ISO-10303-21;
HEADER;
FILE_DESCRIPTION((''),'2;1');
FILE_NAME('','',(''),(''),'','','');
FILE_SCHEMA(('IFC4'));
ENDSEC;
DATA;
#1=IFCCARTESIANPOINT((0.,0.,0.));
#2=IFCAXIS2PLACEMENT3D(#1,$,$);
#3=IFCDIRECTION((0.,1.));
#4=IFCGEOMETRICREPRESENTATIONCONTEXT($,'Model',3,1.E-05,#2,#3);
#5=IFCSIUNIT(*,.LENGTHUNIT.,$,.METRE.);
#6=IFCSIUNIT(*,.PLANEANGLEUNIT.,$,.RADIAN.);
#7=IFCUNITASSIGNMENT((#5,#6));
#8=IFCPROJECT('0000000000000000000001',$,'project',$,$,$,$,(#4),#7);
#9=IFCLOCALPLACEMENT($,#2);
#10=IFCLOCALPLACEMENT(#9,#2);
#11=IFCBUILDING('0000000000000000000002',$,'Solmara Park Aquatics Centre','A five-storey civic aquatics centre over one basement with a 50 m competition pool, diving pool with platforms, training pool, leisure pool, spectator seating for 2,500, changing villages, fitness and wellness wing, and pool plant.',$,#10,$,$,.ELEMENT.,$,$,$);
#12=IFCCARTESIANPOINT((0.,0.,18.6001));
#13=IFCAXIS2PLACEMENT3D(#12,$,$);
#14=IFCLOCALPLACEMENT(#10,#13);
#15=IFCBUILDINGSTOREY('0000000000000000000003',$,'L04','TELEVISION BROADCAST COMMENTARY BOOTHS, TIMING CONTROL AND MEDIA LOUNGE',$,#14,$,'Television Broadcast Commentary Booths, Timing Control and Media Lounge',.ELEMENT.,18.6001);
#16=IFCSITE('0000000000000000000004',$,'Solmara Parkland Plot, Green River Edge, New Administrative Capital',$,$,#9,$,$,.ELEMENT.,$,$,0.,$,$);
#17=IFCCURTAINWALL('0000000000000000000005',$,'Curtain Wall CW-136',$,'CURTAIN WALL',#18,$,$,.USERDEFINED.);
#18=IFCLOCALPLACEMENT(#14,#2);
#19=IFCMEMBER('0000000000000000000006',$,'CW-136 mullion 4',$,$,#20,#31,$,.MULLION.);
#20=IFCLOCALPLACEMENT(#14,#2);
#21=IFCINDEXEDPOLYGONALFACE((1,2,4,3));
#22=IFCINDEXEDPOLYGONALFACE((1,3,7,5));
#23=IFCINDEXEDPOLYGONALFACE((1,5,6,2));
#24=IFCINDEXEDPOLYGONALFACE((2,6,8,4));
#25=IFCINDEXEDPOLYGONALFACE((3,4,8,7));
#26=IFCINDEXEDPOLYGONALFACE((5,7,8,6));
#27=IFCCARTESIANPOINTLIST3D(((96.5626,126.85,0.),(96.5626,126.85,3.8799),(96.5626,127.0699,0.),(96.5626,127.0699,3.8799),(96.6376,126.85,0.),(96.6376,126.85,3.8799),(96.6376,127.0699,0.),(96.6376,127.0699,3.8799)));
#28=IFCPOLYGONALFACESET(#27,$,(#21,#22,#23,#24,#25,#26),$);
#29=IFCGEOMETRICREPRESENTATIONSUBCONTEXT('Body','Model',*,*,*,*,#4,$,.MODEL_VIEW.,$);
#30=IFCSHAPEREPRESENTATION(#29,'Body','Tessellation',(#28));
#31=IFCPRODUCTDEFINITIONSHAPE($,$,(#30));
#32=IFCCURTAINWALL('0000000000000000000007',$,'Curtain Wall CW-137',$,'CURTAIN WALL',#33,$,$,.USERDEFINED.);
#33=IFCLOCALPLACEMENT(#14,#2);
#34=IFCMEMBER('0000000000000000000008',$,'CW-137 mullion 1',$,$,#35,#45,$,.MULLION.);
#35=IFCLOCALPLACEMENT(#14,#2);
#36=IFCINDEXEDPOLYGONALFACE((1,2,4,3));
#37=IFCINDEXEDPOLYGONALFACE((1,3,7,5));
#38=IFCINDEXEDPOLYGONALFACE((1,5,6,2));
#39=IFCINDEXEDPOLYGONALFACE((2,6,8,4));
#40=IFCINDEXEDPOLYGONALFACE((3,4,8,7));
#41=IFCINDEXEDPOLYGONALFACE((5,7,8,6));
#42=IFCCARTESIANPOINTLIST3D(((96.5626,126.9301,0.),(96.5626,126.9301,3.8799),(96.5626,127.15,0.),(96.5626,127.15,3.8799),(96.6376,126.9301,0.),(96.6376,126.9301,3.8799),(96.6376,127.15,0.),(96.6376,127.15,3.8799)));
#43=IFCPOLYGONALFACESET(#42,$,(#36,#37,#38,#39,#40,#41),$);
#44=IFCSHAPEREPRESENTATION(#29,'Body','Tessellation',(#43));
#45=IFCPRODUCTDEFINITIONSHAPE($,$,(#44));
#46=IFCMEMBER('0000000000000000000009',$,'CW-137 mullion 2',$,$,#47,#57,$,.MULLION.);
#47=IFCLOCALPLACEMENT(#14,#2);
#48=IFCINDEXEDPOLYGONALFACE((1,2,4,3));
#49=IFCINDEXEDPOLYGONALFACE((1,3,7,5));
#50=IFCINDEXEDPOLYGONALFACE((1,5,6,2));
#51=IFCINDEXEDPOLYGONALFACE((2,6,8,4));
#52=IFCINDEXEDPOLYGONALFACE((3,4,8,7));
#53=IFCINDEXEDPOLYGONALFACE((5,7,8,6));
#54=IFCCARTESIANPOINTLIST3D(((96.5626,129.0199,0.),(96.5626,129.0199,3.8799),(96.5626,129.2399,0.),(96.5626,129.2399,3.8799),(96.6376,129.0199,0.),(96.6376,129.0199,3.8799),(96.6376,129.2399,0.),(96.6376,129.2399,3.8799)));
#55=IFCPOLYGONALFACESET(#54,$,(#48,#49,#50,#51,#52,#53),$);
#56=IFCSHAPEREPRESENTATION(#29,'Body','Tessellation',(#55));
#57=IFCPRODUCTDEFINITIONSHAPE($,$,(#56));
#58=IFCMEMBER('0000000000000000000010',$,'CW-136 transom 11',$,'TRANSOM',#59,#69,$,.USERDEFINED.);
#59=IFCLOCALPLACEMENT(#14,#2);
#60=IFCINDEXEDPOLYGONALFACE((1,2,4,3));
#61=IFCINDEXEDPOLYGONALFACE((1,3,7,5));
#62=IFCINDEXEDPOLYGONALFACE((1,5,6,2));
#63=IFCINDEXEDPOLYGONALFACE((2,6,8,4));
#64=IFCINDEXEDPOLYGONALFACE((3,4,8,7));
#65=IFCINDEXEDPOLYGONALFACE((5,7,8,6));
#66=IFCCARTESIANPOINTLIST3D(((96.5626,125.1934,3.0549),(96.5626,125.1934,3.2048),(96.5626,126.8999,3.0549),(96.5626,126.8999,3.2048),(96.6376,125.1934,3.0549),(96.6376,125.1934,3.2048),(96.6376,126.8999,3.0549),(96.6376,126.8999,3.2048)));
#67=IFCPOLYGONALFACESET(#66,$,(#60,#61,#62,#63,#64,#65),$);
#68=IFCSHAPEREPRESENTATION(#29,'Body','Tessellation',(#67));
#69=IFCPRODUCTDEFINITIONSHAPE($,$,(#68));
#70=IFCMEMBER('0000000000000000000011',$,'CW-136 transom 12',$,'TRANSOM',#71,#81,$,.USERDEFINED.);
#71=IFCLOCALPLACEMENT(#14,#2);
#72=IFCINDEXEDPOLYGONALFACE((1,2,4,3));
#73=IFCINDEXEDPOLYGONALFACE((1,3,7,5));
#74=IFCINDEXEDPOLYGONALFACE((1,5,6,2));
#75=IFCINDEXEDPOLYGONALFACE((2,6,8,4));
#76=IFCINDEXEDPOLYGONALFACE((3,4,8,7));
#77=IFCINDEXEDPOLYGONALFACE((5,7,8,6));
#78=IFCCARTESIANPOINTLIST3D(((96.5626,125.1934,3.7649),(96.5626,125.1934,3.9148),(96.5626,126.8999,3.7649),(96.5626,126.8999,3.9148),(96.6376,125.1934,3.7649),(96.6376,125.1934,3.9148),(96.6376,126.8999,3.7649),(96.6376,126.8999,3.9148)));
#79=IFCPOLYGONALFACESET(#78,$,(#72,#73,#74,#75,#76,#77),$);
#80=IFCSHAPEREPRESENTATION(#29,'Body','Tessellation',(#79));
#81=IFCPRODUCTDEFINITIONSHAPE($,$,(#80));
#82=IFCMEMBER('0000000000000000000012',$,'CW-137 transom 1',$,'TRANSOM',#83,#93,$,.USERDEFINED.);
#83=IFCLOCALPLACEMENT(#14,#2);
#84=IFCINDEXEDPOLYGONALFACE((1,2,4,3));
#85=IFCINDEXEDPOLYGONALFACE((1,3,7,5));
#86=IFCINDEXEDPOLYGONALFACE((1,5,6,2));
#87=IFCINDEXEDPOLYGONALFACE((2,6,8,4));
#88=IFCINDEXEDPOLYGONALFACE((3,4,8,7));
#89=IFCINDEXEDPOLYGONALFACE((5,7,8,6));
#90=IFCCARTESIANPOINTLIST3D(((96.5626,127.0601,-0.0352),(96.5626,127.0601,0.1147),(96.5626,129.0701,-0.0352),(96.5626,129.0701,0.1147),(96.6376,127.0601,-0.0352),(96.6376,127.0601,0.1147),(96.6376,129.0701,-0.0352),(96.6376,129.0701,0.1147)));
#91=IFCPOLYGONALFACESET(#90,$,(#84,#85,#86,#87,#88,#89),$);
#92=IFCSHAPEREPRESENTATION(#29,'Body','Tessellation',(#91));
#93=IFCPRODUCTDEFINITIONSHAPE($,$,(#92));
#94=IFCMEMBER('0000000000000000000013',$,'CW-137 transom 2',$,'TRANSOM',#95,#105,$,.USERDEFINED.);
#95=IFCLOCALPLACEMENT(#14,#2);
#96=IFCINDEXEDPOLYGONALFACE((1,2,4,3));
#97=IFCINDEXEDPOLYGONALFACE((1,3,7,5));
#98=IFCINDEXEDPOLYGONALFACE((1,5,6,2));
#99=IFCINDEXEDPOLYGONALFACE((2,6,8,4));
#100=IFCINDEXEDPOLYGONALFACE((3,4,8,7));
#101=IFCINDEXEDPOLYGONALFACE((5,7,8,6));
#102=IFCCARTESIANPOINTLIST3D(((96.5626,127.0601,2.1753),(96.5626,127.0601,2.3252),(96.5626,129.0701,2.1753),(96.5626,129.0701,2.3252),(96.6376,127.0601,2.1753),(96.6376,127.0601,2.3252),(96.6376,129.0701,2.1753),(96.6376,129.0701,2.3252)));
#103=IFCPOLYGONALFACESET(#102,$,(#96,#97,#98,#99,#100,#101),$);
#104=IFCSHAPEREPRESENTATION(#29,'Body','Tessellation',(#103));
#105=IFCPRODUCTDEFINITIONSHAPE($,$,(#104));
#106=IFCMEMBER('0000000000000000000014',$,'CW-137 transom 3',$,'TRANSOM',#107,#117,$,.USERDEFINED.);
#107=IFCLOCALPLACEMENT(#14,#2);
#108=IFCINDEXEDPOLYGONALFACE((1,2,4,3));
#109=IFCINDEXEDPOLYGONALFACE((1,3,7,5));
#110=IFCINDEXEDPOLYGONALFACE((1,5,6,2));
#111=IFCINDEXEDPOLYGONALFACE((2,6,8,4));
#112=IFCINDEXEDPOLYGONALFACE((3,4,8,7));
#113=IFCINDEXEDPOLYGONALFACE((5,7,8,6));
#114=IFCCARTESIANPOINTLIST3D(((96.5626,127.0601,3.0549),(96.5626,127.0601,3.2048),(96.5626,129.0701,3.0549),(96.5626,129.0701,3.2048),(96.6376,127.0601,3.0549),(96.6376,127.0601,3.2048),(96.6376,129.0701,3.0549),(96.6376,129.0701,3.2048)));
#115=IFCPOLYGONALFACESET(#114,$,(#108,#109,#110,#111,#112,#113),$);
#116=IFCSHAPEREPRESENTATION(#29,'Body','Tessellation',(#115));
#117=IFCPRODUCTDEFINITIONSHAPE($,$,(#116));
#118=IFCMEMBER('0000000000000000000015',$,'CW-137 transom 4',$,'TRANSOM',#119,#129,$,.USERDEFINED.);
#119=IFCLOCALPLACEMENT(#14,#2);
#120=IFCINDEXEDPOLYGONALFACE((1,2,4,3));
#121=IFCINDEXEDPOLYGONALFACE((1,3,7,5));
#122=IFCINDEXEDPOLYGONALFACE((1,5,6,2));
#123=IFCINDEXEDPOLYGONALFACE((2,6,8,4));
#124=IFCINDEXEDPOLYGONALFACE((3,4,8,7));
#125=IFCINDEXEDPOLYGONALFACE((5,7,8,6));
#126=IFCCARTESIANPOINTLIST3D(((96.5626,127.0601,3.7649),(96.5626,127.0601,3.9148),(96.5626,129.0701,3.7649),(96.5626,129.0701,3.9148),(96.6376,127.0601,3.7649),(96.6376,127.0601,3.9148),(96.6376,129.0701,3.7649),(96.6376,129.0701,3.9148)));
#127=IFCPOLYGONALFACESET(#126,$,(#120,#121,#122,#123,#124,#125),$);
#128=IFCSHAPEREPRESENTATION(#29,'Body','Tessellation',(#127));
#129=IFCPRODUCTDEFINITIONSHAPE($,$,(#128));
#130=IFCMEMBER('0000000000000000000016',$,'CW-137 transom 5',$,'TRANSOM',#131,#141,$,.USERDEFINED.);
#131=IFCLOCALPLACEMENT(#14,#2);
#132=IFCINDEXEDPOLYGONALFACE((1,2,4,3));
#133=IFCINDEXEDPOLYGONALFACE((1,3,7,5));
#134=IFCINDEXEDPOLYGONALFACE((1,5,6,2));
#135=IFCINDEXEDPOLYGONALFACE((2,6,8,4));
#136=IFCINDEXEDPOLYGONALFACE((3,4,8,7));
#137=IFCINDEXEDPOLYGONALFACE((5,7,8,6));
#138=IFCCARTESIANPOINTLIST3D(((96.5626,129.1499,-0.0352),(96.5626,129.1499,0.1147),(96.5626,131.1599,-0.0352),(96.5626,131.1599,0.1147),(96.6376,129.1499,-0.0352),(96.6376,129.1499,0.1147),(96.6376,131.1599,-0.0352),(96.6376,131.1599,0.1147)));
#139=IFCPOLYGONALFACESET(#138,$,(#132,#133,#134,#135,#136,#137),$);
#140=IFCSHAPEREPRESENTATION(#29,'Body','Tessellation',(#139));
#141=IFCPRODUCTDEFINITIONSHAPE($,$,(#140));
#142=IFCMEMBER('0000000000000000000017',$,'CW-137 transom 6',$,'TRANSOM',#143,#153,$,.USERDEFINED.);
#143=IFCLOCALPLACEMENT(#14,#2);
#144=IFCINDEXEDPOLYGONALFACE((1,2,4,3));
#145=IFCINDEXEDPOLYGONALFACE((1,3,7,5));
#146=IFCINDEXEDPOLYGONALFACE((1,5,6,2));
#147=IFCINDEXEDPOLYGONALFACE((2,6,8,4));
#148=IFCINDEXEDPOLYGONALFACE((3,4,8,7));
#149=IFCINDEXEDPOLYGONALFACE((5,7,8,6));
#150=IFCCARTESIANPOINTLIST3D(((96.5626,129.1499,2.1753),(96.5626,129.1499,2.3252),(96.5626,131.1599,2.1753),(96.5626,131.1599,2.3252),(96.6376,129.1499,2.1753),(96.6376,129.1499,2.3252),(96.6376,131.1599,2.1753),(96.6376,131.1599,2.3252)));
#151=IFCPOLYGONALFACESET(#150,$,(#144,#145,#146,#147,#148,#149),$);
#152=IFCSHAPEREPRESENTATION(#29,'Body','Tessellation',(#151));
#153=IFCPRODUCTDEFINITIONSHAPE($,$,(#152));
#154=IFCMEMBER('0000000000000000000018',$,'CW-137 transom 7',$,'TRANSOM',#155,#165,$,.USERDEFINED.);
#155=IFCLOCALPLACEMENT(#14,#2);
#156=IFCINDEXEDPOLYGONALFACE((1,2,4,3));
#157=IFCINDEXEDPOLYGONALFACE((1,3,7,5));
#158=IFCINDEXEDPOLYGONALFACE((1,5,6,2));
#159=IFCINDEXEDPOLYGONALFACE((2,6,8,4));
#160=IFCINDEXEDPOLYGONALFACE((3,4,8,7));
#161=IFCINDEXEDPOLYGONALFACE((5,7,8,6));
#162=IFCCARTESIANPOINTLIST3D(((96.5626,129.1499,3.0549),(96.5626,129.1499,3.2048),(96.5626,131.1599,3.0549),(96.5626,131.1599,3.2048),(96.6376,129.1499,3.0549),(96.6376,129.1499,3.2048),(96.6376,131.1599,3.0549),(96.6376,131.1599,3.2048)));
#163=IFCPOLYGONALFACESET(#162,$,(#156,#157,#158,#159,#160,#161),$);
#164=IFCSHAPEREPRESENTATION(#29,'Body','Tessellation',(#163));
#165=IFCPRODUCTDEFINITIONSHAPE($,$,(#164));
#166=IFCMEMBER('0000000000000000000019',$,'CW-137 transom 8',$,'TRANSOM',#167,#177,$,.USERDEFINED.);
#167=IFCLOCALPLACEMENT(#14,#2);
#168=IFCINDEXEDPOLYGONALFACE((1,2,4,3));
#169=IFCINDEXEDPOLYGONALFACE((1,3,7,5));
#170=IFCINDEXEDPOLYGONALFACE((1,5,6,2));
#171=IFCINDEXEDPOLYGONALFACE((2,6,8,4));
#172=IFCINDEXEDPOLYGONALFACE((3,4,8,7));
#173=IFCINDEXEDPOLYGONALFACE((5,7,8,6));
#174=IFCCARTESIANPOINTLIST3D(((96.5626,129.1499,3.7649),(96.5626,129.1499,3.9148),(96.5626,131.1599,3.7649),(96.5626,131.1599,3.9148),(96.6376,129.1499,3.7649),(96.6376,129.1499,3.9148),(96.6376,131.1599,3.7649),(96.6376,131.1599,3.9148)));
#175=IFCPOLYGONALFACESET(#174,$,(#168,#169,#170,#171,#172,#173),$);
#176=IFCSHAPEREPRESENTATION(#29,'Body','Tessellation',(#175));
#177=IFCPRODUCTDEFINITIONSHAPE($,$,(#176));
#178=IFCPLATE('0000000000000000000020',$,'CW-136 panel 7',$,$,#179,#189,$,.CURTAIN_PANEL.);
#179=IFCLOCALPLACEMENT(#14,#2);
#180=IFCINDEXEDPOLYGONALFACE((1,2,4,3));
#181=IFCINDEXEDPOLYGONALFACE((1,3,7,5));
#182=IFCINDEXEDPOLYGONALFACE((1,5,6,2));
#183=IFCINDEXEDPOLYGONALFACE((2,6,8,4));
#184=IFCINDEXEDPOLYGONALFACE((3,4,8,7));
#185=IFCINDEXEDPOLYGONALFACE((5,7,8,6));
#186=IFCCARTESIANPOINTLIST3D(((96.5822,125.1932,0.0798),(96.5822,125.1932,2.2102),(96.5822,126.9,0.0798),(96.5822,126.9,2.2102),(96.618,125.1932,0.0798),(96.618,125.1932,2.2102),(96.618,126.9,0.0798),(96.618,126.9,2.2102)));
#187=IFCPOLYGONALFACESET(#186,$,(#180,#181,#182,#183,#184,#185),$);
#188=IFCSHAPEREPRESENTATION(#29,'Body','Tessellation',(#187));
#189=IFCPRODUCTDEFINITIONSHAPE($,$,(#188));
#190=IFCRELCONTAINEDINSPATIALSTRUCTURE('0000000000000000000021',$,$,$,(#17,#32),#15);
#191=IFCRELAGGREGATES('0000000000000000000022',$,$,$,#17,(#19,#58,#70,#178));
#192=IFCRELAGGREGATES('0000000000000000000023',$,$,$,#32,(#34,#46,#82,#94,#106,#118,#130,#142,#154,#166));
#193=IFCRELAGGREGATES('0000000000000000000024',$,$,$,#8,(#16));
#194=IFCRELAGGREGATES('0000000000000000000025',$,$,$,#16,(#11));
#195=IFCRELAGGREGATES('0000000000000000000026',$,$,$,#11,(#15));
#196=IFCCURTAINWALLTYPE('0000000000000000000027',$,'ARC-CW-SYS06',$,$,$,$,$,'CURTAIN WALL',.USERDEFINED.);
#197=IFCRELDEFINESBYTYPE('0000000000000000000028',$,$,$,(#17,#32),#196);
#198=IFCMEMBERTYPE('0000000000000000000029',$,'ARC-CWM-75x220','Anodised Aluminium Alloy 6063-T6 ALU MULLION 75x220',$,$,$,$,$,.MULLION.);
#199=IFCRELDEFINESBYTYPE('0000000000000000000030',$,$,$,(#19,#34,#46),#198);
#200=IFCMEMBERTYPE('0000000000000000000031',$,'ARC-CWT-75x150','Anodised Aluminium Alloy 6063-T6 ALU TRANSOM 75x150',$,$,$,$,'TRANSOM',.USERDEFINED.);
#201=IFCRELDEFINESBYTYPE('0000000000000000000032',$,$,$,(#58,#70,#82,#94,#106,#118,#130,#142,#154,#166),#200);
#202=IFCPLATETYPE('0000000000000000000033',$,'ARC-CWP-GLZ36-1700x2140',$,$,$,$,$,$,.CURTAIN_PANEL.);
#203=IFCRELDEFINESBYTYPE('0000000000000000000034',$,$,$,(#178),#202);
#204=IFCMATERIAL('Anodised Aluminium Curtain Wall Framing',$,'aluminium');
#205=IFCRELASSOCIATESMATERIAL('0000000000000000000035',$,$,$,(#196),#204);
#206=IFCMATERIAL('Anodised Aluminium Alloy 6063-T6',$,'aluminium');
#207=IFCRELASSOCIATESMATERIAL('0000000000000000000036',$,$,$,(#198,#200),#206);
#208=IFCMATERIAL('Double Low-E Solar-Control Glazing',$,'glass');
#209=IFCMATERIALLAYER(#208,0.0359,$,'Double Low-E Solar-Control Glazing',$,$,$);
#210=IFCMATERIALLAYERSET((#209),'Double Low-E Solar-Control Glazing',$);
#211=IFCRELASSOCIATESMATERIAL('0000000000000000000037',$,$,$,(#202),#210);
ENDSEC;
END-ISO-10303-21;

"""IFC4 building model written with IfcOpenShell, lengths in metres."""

from ifc_helpers import new_model, si_unit, direction, frame, origin, origin_2d, place, context, subcontext, project, spatial, rectangle, extrude, material, layer, layer_set, material_profile, profile_set, type_object, element, aggregate, save


model = new_model("IFC4")

# Units and contexts
model_context = context("Model", 3, precision=1e-05, world=origin(), true_north=direction((0.0, 1.0)))
body_context = subcontext(model_context, "Body", "Model", "MODEL_VIEW")
ifc_project = project(units=[si_unit("LENGTHUNIT", "METRE"), si_unit("PLANEANGLEUNIT", "RADIAN")], contexts=[model_context])

# Site, building, storey
site_placement = place(None, origin())
site = spatial("IfcSite", under=ifc_project, at=site_placement, Name="Solmara Parkland Plot, Green River Edge, New Administrative Capital", CompositionType="ELEMENT", RefElevation=0.0)
building_placement = place(site_placement, origin())
building = spatial("IfcBuilding", under=site, at=building_placement, Name="Solmara Park Aquatics Centre", Description="A five-storey civic aquatics centre over one basement with a 50 m competition pool, diving pool with platforms, training pool, leisure pool, spectator seating for 2,500, changing villages, fitness and wellness wing, and pool plant.", CompositionType="ELEMENT")
storey_placement = place(building_placement, frame((0.0, 0.0, 18.6001)))
storey = spatial("IfcBuildingStorey", under=building, at=storey_placement, Name="L04", Description="TELEVISION BROADCAST COMMENTARY BOOTHS, TIMING CONTROL AND MEDIA LOUNGE", LongName="Television Broadcast Commentary Booths, Timing Control and Media Lounge", CompositionType="ELEMENT", Elevation=18.6001)

# Curtain wall, member
ifc_material_1 = material(Name="Anodised Aluminium Curtain Wall Framing", Category="aluminium")
curtain_wall_type = type_object("IfcCurtainWallType", Name="ARC-CW-SYS06", ElementType="CURTAIN WALL", PredefinedType="USERDEFINED", material=ifc_material_1)
curtain_wall_1_placement = place(storey_placement, origin())
curtain_wall_1 = element("IfcCurtainWall", 1, at=curtain_wall_1_placement, inside=storey, type_object=curtain_wall_type, Name="Curtain Wall CW-136", ObjectType="CURTAIN WALL", PredefinedType="USERDEFINED")
ifc_material_2 = material(Name="Anodised Aluminium Alloy 6063-T6", Category="aluminium")
ifc_material_profile_1 = material_profile(ifc_material_2, rectangle(XDim=0.075, YDim=0.22, at=origin_2d()), Name="ALU MULLION 75x220")
ifc_profile_set_1 = profile_set([ifc_material_profile_1], Name="Anodised Aluminium Alloy 6063-T6")
member_type_1 = type_object("IfcMemberType", Name="ARC-CWM-75x220", Description="Anodised Aluminium Alloy 6063-T6 ALU MULLION 75x220", PredefinedType="MULLION", material=ifc_profile_set_1)
member_1_placement = place(storey_placement, frame((96.6001, 126.96, 0.0), z_axis=(0.0, 0.0, 1.0), x_axis=(1.0, 0.0, 0.0)))
member_1 = element("IfcMember", 2, at=member_1_placement, type_object=member_type_1, Name="CW-136 mullion 4", PredefinedType="MULLION", context=body_context, shape_type="SweptSolid", body=[
    extrude(rectangle(XDim=0.075, YDim=0.22, at=origin_2d()), origin(), (0.0, 0.0, 1.0), 3.8799),
])

# Curtain wall, members
curtain_wall_2_placement = place(storey_placement, origin())
curtain_wall_2 = element("IfcCurtainWall", 3, at=curtain_wall_2_placement, inside=storey, type_object=curtain_wall_type, Name="Curtain Wall CW-137", ObjectType="CURTAIN WALL", PredefinedType="USERDEFINED")
member_2_placement = place(storey_placement, frame((96.6001, 127.04, 0.0), z_axis=(0.0, 0.0, 1.0), x_axis=(1.0, 0.0, 0.0)))
member_2 = element("IfcMember", 4, at=member_2_placement, type_object=member_type_1, Name="CW-137 mullion 1", PredefinedType="MULLION", context=body_context, shape_type="SweptSolid", body=[
    extrude(rectangle(XDim=0.075, YDim=0.22, at=origin_2d()), origin(), (0.0, 0.0, 1.0), 3.8799),
])
member_3_placement = place(storey_placement, frame((96.6001, 129.1299, 0.0), z_axis=(0.0, 0.0, 1.0), x_axis=(1.0, 0.0, 0.0)))
member_3 = element("IfcMember", 5, at=member_3_placement, type_object=member_type_1, Name="CW-137 mullion 2", PredefinedType="MULLION", context=body_context, shape_type="SweptSolid", body=[
    extrude(rectangle(XDim=0.075, YDim=0.22, at=origin_2d()), origin(), (0.0, 0.0, 1.0), 3.8799),
])

# Members
ifc_material_profile_2 = material_profile(ifc_material_2, rectangle(XDim=0.075, YDim=0.1499, at=origin_2d()), Name="ALU TRANSOM 75x150")
ifc_profile_set_2 = profile_set([ifc_material_profile_2], Name="Anodised Aluminium Alloy 6063-T6")
member_type_2 = type_object("IfcMemberType", Name="ARC-CWT-75x150", Description="Anodised Aluminium Alloy 6063-T6 ALU TRANSOM 75x150", ElementType="TRANSOM", PredefinedType="USERDEFINED", material=ifc_profile_set_2)
member_4_placement = place(storey_placement, frame((96.6001, 125.1934, 3.1299), z_axis=(0.0, 1.0, 0.0), x_axis=(-1.0, 0.0, 0.0)))
member_4 = element("IfcMember", 6, at=member_4_placement, type_object=member_type_2, Name="CW-136 transom 11", ObjectType="TRANSOM", PredefinedType="USERDEFINED", context=body_context, shape_type="SweptSolid", body=[
    extrude(rectangle(XDim=0.075, YDim=0.1499, at=origin_2d()), origin(), (0.0, 0.0, 1.0), 1.7065),
])
member_5_placement = place(storey_placement, frame((96.6001, 125.1934, 3.8398), z_axis=(0.0, 1.0, 0.0), x_axis=(-1.0, 0.0, 0.0)))
member_5 = element("IfcMember", 7, at=member_5_placement, type_object=member_type_2, Name="CW-136 transom 12", ObjectType="TRANSOM", PredefinedType="USERDEFINED", context=body_context, shape_type="SweptSolid", body=[
    extrude(rectangle(XDim=0.075, YDim=0.1499, at=origin_2d()), origin(), (0.0, 0.0, 1.0), 1.7065),
])
member_6_placement = place(storey_placement, frame((96.6001, 127.0601, 0.0398), z_axis=(0.0, 1.0, 0.0), x_axis=(-1.0, 0.0, 0.0)))
member_6 = element("IfcMember", 8, at=member_6_placement, type_object=member_type_2, Name="CW-137 transom 1", ObjectType="TRANSOM", PredefinedType="USERDEFINED", context=body_context, shape_type="SweptSolid", body=[
    extrude(rectangle(XDim=0.075, YDim=0.1499, at=origin_2d()), origin(), (0.0, 0.0, 1.0), 2.01),
])
member_7_placement = place(storey_placement, frame((96.6001, 127.0601, 2.2502), z_axis=(0.0, 1.0, 0.0), x_axis=(-1.0, 0.0, 0.0)))
member_7 = element("IfcMember", 9, at=member_7_placement, type_object=member_type_2, Name="CW-137 transom 2", ObjectType="TRANSOM", PredefinedType="USERDEFINED", context=body_context, shape_type="SweptSolid", body=[
    extrude(rectangle(XDim=0.075, YDim=0.1499, at=origin_2d()), origin(), (0.0, 0.0, 1.0), 2.01),
])
member_8_placement = place(storey_placement, frame((96.6001, 127.0601, 3.1299), z_axis=(0.0, 1.0, 0.0), x_axis=(-1.0, 0.0, 0.0)))
member_8 = element("IfcMember", 10, at=member_8_placement, type_object=member_type_2, Name="CW-137 transom 3", ObjectType="TRANSOM", PredefinedType="USERDEFINED", context=body_context, shape_type="SweptSolid", body=[
    extrude(rectangle(XDim=0.075, YDim=0.1499, at=origin_2d()), origin(), (0.0, 0.0, 1.0), 2.01),
])
member_9_placement = place(storey_placement, frame((96.6001, 127.0601, 3.8398), z_axis=(0.0, 1.0, 0.0), x_axis=(-1.0, 0.0, 0.0)))
member_9 = element("IfcMember", 11, at=member_9_placement, type_object=member_type_2, Name="CW-137 transom 4", ObjectType="TRANSOM", PredefinedType="USERDEFINED", context=body_context, shape_type="SweptSolid", body=[
    extrude(rectangle(XDim=0.075, YDim=0.1499, at=origin_2d()), origin(), (0.0, 0.0, 1.0), 2.01),
])
member_10_placement = place(storey_placement, frame((96.6001, 129.1499, 0.0398), z_axis=(0.0, 1.0, 0.0), x_axis=(-1.0, 0.0, 0.0)))
member_10 = element("IfcMember", 12, at=member_10_placement, type_object=member_type_2, Name="CW-137 transom 5", ObjectType="TRANSOM", PredefinedType="USERDEFINED", context=body_context, shape_type="SweptSolid", body=[
    extrude(rectangle(XDim=0.075, YDim=0.1499, at=origin_2d()), origin(), (0.0, 0.0, 1.0), 2.01),
])
member_11_placement = place(storey_placement, frame((96.6001, 129.1499, 2.2502), z_axis=(0.0, 1.0, 0.0), x_axis=(-1.0, 0.0, 0.0)))
member_11 = element("IfcMember", 13, at=member_11_placement, type_object=member_type_2, Name="CW-137 transom 6", ObjectType="TRANSOM", PredefinedType="USERDEFINED", context=body_context, shape_type="SweptSolid", body=[
    extrude(rectangle(XDim=0.075, YDim=0.1499, at=origin_2d()), origin(), (0.0, 0.0, 1.0), 2.01),
])
member_12_placement = place(storey_placement, frame((96.6001, 129.1499, 3.1299), z_axis=(0.0, 1.0, 0.0), x_axis=(-1.0, 0.0, 0.0)))
member_12 = element("IfcMember", 14, at=member_12_placement, type_object=member_type_2, Name="CW-137 transom 7", ObjectType="TRANSOM", PredefinedType="USERDEFINED", context=body_context, shape_type="SweptSolid", body=[
    extrude(rectangle(XDim=0.075, YDim=0.1499, at=origin_2d()), origin(), (0.0, 0.0, 1.0), 2.01),
])
member_13_placement = place(storey_placement, frame((96.6001, 129.1499, 3.8398), z_axis=(0.0, 1.0, 0.0), x_axis=(-1.0, 0.0, 0.0)))
member_13 = element("IfcMember", 15, at=member_13_placement, type_object=member_type_2, Name="CW-137 transom 8", ObjectType="TRANSOM", PredefinedType="USERDEFINED", context=body_context, shape_type="SweptSolid", body=[
    extrude(rectangle(XDim=0.075, YDim=0.1499, at=origin_2d()), origin(), (0.0, 0.0, 1.0), 2.01),
])

# Plate
ifc_material_3 = material(Name="Double Low-E Solar-Control Glazing", Category="glass")
ifc_layer_1 = layer(ifc_material_3, 0.0359, Name="Double Low-E Solar-Control Glazing")
ifc_layer_set_1 = layer_set([ifc_layer_1], Name="Double Low-E Solar-Control Glazing")
plate_type_1 = type_object("IfcPlateType", Name="ARC-CWP-GLZ36-1700x2140", PredefinedType="CURTAIN_PANEL", material=ifc_layer_set_1)
plate_1_placement = place(storey_placement, frame((96.6001, 126.0466, 0.0798), z_axis=(0.0, 0.0, 1.0), x_axis=(0.0, 1.0, 0.0)))
plate_1 = element("IfcPlate", 16, at=plate_1_placement, type_object=plate_type_1, Name="CW-136 panel 7", PredefinedType="CURTAIN_PANEL", context=body_context, shape_type="SweptSolid", body=[
    extrude(rectangle(XDim=1.7068, YDim=0.0359, at=origin_2d()), origin(), (0.0, 0.0, 1.0), 2.1304),
])
aggregate(curtain_wall_1, [member_1, member_4, member_5, plate_1])
aggregate(curtain_wall_2, [member_2, member_3, member_6, member_7, member_8, member_9, member_10, member_11, member_12, member_13])

save(model, "model.ifc")
